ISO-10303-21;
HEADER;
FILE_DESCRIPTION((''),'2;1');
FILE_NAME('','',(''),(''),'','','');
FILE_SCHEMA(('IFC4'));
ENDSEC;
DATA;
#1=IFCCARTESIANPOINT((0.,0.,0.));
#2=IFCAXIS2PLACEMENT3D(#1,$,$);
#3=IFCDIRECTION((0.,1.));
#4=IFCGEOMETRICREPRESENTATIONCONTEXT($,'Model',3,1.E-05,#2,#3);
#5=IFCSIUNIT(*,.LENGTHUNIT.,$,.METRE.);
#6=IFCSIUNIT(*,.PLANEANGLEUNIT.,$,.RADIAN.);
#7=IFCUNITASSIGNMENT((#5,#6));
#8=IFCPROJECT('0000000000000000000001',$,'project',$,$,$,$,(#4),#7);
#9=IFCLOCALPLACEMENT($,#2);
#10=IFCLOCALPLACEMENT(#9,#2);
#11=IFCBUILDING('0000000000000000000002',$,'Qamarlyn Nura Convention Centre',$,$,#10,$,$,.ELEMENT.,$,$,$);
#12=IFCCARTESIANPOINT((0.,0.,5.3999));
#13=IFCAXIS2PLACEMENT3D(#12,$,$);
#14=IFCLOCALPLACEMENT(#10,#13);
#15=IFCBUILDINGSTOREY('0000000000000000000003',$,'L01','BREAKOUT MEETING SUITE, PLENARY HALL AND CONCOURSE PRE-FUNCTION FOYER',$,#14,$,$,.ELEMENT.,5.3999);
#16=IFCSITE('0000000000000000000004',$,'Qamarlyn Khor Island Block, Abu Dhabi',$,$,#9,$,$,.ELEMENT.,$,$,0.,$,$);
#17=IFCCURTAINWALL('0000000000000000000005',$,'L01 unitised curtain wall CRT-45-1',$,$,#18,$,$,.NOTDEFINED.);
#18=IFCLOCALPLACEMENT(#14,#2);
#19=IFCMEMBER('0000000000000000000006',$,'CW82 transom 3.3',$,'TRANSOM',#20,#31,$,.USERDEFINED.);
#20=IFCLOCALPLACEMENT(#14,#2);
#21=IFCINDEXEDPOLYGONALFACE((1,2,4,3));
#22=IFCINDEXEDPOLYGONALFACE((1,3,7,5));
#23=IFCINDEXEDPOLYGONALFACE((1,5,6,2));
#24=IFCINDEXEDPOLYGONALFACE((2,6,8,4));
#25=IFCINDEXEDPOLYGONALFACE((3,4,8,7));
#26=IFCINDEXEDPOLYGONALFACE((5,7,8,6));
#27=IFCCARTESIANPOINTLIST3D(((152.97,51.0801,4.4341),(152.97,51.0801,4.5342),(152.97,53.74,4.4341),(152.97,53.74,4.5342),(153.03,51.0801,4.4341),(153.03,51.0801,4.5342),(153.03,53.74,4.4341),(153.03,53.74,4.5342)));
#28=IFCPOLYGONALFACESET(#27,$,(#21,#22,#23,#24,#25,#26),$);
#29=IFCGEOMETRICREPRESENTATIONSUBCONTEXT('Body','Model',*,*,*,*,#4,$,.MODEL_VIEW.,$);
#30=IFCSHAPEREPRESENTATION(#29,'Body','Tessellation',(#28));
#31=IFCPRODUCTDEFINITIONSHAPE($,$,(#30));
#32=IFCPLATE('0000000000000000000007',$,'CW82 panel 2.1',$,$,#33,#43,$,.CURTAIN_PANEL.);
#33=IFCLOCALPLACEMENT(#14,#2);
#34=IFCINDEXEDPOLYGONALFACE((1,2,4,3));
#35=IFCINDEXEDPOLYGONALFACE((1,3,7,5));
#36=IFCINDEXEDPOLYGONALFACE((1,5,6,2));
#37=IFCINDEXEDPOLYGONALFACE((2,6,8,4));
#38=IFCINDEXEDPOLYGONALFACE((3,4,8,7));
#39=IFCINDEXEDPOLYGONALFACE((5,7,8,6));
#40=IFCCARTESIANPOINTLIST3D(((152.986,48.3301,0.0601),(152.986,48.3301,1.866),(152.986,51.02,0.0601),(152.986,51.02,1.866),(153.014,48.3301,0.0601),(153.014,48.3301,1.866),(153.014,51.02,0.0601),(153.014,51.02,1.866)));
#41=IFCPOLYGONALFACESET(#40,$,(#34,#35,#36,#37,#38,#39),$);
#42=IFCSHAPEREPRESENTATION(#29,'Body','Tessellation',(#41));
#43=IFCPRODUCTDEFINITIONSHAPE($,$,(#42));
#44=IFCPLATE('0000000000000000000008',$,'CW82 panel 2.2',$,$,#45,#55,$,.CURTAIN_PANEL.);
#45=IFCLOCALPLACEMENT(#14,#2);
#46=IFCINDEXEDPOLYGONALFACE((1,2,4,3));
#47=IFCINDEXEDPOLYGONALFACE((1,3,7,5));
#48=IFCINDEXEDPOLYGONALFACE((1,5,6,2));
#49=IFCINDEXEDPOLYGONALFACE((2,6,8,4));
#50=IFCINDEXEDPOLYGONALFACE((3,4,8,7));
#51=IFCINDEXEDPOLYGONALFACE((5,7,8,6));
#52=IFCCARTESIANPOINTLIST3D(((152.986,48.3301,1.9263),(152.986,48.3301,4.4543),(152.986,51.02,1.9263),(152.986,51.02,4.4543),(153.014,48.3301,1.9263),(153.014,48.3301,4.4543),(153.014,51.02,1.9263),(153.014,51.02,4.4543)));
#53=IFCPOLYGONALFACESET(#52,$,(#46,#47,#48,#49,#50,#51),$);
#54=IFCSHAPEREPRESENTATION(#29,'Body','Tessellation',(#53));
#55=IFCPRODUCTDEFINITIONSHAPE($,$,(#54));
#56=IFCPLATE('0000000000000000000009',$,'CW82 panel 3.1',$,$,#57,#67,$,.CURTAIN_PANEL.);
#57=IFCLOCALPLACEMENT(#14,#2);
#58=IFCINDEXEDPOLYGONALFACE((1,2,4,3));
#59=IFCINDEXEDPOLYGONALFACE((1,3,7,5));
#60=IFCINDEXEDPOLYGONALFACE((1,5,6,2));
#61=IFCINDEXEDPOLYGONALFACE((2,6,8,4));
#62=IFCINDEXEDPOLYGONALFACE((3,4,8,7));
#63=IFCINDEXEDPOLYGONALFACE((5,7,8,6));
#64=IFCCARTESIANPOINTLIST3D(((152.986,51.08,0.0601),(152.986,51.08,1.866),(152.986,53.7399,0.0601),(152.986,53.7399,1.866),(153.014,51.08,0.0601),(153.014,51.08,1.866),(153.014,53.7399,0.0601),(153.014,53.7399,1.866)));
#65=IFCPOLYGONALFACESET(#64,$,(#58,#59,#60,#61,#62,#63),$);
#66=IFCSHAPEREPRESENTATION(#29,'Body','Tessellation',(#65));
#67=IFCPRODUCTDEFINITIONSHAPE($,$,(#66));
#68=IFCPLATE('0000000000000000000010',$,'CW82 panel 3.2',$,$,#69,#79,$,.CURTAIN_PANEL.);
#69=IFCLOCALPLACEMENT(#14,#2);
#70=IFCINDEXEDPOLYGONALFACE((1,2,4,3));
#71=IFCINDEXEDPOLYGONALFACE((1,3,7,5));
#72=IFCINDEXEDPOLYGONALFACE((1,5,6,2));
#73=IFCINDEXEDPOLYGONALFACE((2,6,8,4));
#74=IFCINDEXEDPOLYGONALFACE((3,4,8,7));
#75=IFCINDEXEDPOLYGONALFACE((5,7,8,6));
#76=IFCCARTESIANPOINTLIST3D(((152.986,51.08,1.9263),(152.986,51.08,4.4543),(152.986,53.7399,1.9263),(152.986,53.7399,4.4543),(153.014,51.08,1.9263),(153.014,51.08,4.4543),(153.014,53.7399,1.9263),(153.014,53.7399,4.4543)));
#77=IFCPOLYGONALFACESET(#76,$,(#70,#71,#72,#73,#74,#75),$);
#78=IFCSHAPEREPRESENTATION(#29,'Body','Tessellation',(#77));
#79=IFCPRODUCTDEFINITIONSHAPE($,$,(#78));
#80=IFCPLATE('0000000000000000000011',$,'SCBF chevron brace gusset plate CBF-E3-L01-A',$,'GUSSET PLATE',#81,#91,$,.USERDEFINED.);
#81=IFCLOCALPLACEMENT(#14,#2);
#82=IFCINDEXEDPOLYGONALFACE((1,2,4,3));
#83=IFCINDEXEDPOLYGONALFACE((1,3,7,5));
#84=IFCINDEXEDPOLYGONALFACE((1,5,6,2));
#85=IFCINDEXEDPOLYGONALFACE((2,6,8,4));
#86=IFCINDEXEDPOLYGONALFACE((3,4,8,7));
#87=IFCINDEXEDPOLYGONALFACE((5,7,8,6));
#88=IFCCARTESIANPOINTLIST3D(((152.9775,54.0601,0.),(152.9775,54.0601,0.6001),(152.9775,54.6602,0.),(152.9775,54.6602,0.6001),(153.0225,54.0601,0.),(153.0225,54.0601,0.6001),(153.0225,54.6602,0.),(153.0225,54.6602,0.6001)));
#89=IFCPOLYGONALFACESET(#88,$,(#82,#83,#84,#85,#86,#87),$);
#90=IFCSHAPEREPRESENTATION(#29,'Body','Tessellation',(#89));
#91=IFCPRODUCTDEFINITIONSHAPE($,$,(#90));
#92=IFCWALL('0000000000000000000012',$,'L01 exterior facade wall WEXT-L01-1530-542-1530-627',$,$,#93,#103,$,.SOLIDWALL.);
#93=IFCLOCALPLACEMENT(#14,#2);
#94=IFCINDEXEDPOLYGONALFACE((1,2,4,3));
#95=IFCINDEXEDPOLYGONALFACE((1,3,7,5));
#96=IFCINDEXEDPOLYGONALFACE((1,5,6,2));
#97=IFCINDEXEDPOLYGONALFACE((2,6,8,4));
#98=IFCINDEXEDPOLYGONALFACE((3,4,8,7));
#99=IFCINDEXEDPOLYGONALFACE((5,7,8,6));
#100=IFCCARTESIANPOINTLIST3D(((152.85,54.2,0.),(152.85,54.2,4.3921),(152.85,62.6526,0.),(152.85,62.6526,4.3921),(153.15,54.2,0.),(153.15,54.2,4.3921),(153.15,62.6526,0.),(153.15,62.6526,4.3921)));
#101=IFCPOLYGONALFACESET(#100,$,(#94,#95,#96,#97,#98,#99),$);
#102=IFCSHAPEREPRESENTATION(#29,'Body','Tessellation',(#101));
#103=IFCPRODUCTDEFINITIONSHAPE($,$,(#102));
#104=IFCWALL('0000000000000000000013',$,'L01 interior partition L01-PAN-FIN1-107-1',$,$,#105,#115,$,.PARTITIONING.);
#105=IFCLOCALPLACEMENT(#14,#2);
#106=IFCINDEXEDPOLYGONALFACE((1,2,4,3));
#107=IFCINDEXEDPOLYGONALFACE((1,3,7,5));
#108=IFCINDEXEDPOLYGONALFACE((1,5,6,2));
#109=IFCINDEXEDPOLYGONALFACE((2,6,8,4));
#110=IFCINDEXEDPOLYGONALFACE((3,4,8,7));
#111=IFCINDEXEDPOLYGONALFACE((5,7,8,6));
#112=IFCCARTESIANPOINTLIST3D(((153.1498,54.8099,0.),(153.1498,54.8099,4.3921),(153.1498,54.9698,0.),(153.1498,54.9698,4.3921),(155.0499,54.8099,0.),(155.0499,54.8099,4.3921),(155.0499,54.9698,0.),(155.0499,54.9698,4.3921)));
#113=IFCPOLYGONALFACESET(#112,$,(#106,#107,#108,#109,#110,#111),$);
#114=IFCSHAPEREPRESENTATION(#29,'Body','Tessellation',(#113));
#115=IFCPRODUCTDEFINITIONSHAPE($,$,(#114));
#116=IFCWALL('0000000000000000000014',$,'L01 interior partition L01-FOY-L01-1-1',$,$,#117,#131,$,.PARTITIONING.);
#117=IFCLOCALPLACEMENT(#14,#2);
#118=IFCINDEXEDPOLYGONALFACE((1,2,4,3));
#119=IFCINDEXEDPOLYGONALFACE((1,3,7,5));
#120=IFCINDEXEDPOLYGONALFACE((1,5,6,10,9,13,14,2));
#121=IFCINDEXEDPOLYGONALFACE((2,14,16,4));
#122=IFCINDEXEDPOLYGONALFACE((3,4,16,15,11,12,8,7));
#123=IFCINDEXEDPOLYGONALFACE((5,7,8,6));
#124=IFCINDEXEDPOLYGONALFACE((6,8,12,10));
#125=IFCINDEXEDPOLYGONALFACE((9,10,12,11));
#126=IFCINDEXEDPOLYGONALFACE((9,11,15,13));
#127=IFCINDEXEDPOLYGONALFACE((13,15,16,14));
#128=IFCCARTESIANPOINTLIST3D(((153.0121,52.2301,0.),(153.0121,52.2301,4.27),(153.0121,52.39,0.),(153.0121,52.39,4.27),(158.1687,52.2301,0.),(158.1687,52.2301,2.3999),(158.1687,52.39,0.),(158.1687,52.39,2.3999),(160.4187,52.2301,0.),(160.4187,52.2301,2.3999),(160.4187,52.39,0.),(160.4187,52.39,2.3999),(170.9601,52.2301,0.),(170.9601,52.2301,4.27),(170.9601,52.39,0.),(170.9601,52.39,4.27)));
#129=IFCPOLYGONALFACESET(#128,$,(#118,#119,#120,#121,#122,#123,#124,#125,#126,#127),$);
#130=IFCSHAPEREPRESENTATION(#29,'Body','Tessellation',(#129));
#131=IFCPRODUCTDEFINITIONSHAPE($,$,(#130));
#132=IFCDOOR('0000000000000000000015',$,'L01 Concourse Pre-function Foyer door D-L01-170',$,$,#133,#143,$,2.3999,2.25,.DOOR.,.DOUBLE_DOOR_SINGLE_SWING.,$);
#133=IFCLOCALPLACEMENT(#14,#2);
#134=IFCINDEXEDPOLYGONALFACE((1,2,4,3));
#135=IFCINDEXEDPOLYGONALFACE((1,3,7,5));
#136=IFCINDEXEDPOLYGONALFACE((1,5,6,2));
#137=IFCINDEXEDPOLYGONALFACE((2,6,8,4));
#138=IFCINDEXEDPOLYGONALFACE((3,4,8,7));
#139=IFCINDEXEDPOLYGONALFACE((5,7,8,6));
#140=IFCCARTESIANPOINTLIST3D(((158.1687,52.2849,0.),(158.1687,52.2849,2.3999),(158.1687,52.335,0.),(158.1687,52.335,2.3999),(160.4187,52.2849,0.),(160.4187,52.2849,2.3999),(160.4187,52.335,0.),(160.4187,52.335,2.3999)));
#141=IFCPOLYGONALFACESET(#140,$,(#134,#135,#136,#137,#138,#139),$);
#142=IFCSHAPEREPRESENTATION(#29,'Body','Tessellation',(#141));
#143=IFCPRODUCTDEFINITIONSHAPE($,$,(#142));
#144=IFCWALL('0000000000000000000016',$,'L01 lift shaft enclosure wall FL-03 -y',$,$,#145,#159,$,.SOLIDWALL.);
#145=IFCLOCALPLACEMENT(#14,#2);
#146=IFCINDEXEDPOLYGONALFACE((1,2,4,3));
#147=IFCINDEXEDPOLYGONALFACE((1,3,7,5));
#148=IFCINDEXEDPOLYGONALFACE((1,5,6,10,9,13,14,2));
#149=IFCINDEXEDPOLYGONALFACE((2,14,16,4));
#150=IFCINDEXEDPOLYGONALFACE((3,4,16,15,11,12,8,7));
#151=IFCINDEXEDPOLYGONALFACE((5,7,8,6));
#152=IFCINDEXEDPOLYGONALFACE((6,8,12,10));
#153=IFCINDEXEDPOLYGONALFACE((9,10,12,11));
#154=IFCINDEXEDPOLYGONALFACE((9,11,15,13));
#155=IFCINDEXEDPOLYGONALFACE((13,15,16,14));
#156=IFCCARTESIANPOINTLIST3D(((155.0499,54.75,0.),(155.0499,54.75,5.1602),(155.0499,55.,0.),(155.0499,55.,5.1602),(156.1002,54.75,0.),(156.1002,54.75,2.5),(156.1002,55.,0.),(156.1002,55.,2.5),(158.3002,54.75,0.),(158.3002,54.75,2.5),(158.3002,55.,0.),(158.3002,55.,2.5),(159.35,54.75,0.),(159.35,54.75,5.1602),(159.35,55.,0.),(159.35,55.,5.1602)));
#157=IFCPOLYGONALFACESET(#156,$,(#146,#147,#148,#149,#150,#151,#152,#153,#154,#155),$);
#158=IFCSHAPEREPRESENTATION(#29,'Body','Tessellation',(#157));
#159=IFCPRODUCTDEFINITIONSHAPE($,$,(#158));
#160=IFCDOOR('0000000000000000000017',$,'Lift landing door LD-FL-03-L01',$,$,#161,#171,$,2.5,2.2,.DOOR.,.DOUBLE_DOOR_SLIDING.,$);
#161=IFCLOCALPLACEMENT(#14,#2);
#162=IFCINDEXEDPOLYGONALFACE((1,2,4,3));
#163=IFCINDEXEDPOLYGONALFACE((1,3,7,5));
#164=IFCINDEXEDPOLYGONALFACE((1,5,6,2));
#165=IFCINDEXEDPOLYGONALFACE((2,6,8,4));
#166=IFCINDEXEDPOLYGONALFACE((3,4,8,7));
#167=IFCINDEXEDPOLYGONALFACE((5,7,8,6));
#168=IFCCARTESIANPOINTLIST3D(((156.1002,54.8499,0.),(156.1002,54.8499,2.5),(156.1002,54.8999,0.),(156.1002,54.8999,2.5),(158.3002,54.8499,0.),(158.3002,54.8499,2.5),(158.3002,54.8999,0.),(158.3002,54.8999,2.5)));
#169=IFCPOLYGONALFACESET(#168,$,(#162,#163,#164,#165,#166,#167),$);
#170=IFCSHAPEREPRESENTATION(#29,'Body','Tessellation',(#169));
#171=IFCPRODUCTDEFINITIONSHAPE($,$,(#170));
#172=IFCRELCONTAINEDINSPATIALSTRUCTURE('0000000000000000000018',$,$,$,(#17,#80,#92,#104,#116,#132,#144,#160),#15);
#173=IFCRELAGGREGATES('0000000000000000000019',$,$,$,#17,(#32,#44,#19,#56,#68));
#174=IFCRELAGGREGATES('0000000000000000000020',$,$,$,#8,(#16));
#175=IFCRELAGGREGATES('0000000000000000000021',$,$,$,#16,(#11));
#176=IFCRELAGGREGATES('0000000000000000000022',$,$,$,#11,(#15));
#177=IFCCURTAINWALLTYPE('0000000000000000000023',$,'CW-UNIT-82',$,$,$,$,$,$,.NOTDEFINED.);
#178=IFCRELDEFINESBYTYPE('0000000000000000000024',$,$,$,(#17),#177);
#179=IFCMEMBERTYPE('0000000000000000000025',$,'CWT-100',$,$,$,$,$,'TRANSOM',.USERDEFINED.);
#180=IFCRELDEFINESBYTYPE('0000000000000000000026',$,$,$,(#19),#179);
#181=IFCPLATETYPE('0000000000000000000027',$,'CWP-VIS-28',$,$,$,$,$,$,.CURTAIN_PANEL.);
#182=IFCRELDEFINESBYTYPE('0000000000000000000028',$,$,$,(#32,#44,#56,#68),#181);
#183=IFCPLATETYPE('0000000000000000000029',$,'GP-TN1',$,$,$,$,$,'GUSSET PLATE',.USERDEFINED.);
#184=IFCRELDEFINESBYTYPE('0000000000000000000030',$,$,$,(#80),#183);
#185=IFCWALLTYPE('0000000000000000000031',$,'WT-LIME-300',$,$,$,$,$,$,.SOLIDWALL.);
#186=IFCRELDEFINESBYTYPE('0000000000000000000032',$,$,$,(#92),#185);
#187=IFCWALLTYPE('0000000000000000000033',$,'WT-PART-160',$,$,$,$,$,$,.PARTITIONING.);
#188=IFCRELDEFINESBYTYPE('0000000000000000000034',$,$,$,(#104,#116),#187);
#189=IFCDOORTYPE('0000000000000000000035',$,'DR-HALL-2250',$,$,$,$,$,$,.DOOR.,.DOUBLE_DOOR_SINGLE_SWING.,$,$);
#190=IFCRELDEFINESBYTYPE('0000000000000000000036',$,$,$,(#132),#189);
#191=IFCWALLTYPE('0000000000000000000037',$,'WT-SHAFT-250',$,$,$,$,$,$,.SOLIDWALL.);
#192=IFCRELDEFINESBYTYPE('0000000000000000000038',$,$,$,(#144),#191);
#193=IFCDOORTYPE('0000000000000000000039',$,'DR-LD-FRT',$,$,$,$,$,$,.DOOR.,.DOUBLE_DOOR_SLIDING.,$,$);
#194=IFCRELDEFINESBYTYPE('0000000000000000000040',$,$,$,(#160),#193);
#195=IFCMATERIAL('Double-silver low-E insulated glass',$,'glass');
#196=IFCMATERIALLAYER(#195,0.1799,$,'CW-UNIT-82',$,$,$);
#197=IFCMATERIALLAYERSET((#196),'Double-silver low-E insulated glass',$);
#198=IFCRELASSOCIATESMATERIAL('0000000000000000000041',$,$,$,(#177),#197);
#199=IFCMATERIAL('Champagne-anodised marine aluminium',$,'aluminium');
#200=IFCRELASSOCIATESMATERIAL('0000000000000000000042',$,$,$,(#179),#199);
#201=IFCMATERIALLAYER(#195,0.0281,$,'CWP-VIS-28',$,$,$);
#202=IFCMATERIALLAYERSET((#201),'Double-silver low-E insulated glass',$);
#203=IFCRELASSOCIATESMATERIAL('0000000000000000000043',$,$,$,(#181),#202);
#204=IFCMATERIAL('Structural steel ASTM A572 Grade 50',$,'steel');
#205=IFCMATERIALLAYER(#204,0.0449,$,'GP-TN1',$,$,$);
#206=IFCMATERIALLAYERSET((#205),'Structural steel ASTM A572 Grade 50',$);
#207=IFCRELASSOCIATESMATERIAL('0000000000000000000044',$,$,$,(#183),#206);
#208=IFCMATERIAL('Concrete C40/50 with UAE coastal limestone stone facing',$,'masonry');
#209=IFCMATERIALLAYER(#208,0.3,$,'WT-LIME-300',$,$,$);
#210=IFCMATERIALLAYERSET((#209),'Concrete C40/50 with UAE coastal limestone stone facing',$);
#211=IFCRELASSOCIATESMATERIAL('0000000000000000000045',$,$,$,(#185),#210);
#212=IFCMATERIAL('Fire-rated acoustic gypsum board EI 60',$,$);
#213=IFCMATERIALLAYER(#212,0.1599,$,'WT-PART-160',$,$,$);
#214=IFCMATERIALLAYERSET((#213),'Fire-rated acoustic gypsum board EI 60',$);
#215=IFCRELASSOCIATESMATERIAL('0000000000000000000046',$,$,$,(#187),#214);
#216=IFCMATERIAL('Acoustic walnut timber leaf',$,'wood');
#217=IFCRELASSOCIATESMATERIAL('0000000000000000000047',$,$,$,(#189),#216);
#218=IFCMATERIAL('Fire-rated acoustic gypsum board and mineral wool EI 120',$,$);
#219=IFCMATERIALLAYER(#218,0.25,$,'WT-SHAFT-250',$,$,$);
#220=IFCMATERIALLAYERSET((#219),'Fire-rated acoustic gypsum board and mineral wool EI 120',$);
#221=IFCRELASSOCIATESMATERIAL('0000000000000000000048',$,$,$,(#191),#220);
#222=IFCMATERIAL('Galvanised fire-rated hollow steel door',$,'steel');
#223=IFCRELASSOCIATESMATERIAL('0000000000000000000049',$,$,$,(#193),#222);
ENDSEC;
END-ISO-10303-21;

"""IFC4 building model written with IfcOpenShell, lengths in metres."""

from ifc_helpers import new_model, si_unit, direction, frame, frame_2d, origin, origin_2d, place, context, subcontext, project, spatial, rectangle, extrude, material, layer, layer_set, material_profile, profile_set, type_object, element, fill, aggregate, save


model = new_model("IFC4")

# Units and contexts
model_context = context("Model", 3, precision=1e-05, world=origin(), true_north=direction((0.0, 1.0)))
body_context = subcontext(model_context, "Body", "Model", "MODEL_VIEW")
ifc_project = project(units=[si_unit("LENGTHUNIT", "METRE"), si_unit("PLANEANGLEUNIT", "RADIAN")], contexts=[model_context])

# Site, building, storey
site_placement = place(None, origin())
site = spatial("IfcSite", under=ifc_project, at=site_placement, Name="Qamarlyn Khor Island Block, Abu Dhabi", CompositionType="ELEMENT", RefElevation=0.0)
building_placement = place(site_placement, origin())
building = spatial("IfcBuilding", under=site, at=building_placement, Name="Qamarlyn Nura Convention Centre", CompositionType="ELEMENT")
storey_placement = place(building_placement, frame((0.0, 0.0, 5.3999)))
storey = spatial("IfcBuildingStorey", under=building, at=storey_placement, Name="L01", Description="BREAKOUT MEETING SUITE, PLENARY HALL AND CONCOURSE PRE-FUNCTION FOYER", CompositionType="ELEMENT", Elevation=5.3999)

# Curtain wall, member, plates
ifc_material_1 = material(Name="Double-silver low-E insulated glass", Category="glass")
ifc_layer_1 = layer(ifc_material_1, 0.1799, Name="CW-UNIT-82")
ifc_layer_set_1 = layer_set([ifc_layer_1], Name="Double-silver low-E insulated glass")
curtain_wall_type = type_object("IfcCurtainWallType", Name="CW-UNIT-82", PredefinedType="NOTDEFINED", material=ifc_layer_set_1)
curtain_wall_placement = place(storey_placement, origin())
curtain_wall = element("IfcCurtainWall", 1, at=curtain_wall_placement, inside=storey, type_object=curtain_wall_type, Name="L01 unitised curtain wall CRT-45-1", PredefinedType="NOTDEFINED")
ifc_material_2 = material(Name="Champagne-anodised marine aluminium", Category="aluminium")
ifc_material_profile_1 = material_profile(ifc_material_2, rectangle(XDim=0.0601, YDim=0.1001, at=origin_2d()), Name="ALU TRANSOM 60x100")
ifc_profile_set_1 = profile_set([ifc_material_profile_1], Name="Champagne-anodised marine aluminium")
member_type_1 = type_object("IfcMemberType", Name="CWT-100", ElementType="TRANSOM", PredefinedType="USERDEFINED", material=ifc_profile_set_1)
member_1_placement = place(storey_placement, frame((153.0, 51.0801, 4.4841), z_axis=(0.0, 1.0, 0.0), x_axis=(-1.0, 0.0, 0.0)))
member_1 = element("IfcMember", 2, at=member_1_placement, type_object=member_type_1, Name="CW82 transom 3.3", ObjectType="TRANSOM", PredefinedType="USERDEFINED", context=body_context, shape_type="SweptSolid", body=[
    extrude(rectangle(XDim=0.0601, YDim=0.1001, at=origin_2d()), origin(), (0.0, 0.0, 1.0), 2.6599),
])
ifc_layer_2 = layer(ifc_material_1, 0.0281, Name="CWP-VIS-28")
ifc_layer_set_2 = layer_set([ifc_layer_2], Name="Double-silver low-E insulated glass")
plate_type_1 = type_object("IfcPlateType", Name="CWP-VIS-28", PredefinedType="CURTAIN_PANEL", material=ifc_layer_set_2)
plate_1_placement = place(storey_placement, frame((153.0, 49.675, 0.0601), z_axis=(0.0, 0.0, 1.0), x_axis=(0.0, 1.0, 0.0)))
plate_1 = element("IfcPlate", 3, at=plate_1_placement, type_object=plate_type_1, Name="CW82 panel 2.1", PredefinedType="CURTAIN_PANEL", context=body_context, shape_type="SweptSolid", body=[
    extrude(rectangle(XDim=2.6899, YDim=0.0281, at=origin_2d()), origin(), (0.0, 0.0, 1.0), 1.8059),
])
plate_2_placement = place(storey_placement, frame((153.0, 49.675, 1.9263), z_axis=(0.0, 0.0, 1.0), x_axis=(0.0, 1.0, 0.0)))
plate_2 = element("IfcPlate", 4, at=plate_2_placement, type_object=plate_type_1, Name="CW82 panel 2.2", PredefinedType="CURTAIN_PANEL", context=body_context, shape_type="SweptSolid", body=[
    extrude(rectangle(XDim=2.6899, YDim=0.0281, at=origin_2d()), origin(), (0.0, 0.0, 1.0), 2.5281),
])
plate_3_placement = place(storey_placement, frame((153.0, 52.4099, 0.0601), z_axis=(0.0, 0.0, 1.0), x_axis=(0.0, 1.0, 0.0)))
plate_3 = element("IfcPlate", 5, at=plate_3_placement, type_object=plate_type_1, Name="CW82 panel 3.1", PredefinedType="CURTAIN_PANEL", context=body_context, shape_type="SweptSolid", body=[
    extrude(rectangle(XDim=2.6599, YDim=0.0281, at=origin_2d()), origin(), (0.0, 0.0, 1.0), 1.8059),
])
plate_4_placement = place(storey_placement, frame((153.0, 52.4099, 1.9263), z_axis=(0.0, 0.0, 1.0), x_axis=(0.0, 1.0, 0.0)))
plate_4 = element("IfcPlate", 6, at=plate_4_placement, type_object=plate_type_1, Name="CW82 panel 3.2", PredefinedType="CURTAIN_PANEL", context=body_context, shape_type="SweptSolid", body=[
    extrude(rectangle(XDim=2.6599, YDim=0.0281, at=origin_2d()), origin(), (0.0, 0.0, 1.0), 2.5281),
])
aggregate(curtain_wall, [plate_1, plate_2, member_1, plate_3, plate_4])

# Plate
ifc_material_3 = material(Name="Structural steel ASTM A572 Grade 50", Category="steel")
ifc_layer_3 = layer(ifc_material_3, 0.0449, Name="GP-TN1")
ifc_layer_set_3 = layer_set([ifc_layer_3], Name="Structural steel ASTM A572 Grade 50")
plate_type_2 = type_object("IfcPlateType", Name="GP-TN1", ElementType="GUSSET PLATE", PredefinedType="USERDEFINED", material=ifc_layer_set_3)
plate_5_placement = place(storey_placement, frame((153.0, 54.3601, 0.0), z_axis=(0.0, 0.0, 1.0), x_axis=(0.0, 1.0, 0.0)))
element("IfcPlate", 7, at=plate_5_placement, inside=storey, type_object=plate_type_2, Name="SCBF chevron brace gusset plate CBF-E3-L01-A", ObjectType="GUSSET PLATE", PredefinedType="USERDEFINED", context=body_context, shape_type="SweptSolid", body=[
    extrude(rectangle(XDim=0.6001, YDim=0.0449, at=origin_2d()), origin(), (0.0, 0.0, 1.0), 0.6001),
])

# Walls
ifc_material_4 = material(Name="Concrete C40/50 with UAE coastal limestone stone facing", Category="masonry")
ifc_layer_4 = layer(ifc_material_4, 0.3, Name="WT-LIME-300")
ifc_layer_set_4 = layer_set([ifc_layer_4], Name="Concrete C40/50 with UAE coastal limestone stone facing")
wall_type_1 = type_object("IfcWallType", Name="WT-LIME-300", PredefinedType="SOLIDWALL", material=ifc_layer_set_4)
wall_1_placement = place(storey_placement, frame((153.0, 54.2, 0.0), z_axis=(0.0, 0.0, 1.0), x_axis=(0.0, 1.0, 0.0)))
element("IfcWall", 8, at=wall_1_placement, inside=storey, type_object=wall_type_1, Name="L01 exterior facade wall WEXT-L01-1530-542-1530-627", PredefinedType="SOLIDWALL", context=body_context, shape_type="SweptSolid", body=[
    extrude(rectangle(XDim=8.4526, YDim=0.3, at=frame_2d((4.2263, 0.0))), origin(), (0.0, 0.0, 1.0), 4.3921),
])
ifc_material_5 = material(Name="Fire-rated acoustic gypsum board EI 60")
ifc_layer_5 = layer(ifc_material_5, 0.1599, Name="WT-PART-160")
ifc_layer_set_5 = layer_set([ifc_layer_5], Name="Fire-rated acoustic gypsum board EI 60")
wall_type_2 = type_object("IfcWallType", Name="WT-PART-160", PredefinedType="PARTITIONING", material=ifc_layer_set_5)
wall_2_placement = place(storey_placement, frame((155.05, 54.8899, 0.0), z_axis=(0.0, 0.0, 1.0), x_axis=(-1.0, 0.0, 0.0)))
element("IfcWall", 9, at=wall_2_placement, inside=storey, type_object=wall_type_2, Name="L01 interior partition L01-PAN-FIN1-107-1", PredefinedType="PARTITIONING", context=body_context, shape_type="SweptSolid", body=[
    extrude(rectangle(XDim=1.9001, YDim=0.1599, at=frame_2d((0.9502, 0.0))), origin(), (0.0, 0.0, 1.0), 4.3921),
])

# Walls, openings, doors
wall_3_placement = place(storey_placement, frame((153.012, 52.3101, 0.0), z_axis=(0.0, 0.0, 1.0), x_axis=(1.0, 0.0, 0.0)))
wall_3 = element("IfcWall", 10, at=wall_3_placement, inside=storey, type_object=wall_type_2, Name="L01 interior partition L01-FOY-L01-1-1", PredefinedType="PARTITIONING", context=body_context, shape_type="SweptSolid", body=[
    extrude(rectangle(XDim=17.948, YDim=0.1599, at=frame_2d((8.9741, 0.0))), origin(), (0.0, 0.0, 1.0), 4.27),
])
opening_1_placement = place(wall_3_placement, frame((5.1567, 0.0, 0.0)))
opening_1 = element("IfcOpeningElement", 11, at=opening_1_placement, cuts=wall_3, PredefinedType="OPENING", context=body_context, shape_type="SweptSolid", body=[
    extrude(rectangle(XDim=2.25, YDim=2.3999, at=frame_2d((1.125, 1.2))), frame((0.0, 0.0898, 0.0), z_axis=(0.0, -1.0, 0.0), x_axis=(1.0, 0.0, 0.0)), (0.0, 0.0, 1.0), 0.1799),
])
ifc_material_6 = material(Name="Acoustic walnut timber leaf", Category="wood")
door_type_1 = type_object("IfcDoorType", Name="DR-HALL-2250", OperationType="DOUBLE_DOOR_SINGLE_SWING", PredefinedType="DOOR", material=ifc_material_6)
door_1_placement = place(opening_1_placement, origin())
door_1 = element("IfcDoor", 12, at=door_1_placement, inside=storey, type_object=door_type_1, Name="L01 Concourse Pre-function Foyer door D-L01-170", OperationType="DOUBLE_DOOR_SINGLE_SWING", OverallHeight=2.3999, OverallWidth=2.25, PredefinedType="DOOR", context=body_context, shape_type="SweptSolid", body=[
    extrude(rectangle(XDim=2.25, YDim=2.3999, at=frame_2d((1.125, 1.2))), frame((0.0, 0.0249, 0.0), z_axis=(0.0, -1.0, 0.0), x_axis=(1.0, 0.0, 0.0)), (0.0, 0.0, 1.0), 0.05),
])
fill(opening_1, door_1)
ifc_material_7 = material(Name="Fire-rated acoustic gypsum board and mineral wool EI 120")
ifc_layer_6 = layer(ifc_material_7, 0.25, Name="WT-SHAFT-250")
ifc_layer_set_6 = layer_set([ifc_layer_6], Name="Fire-rated acoustic gypsum board and mineral wool EI 120")
wall_type_3 = type_object("IfcWallType", Name="WT-SHAFT-250", PredefinedType="SOLIDWALL", material=ifc_layer_set_6)
wall_4_placement = place(storey_placement, frame((155.05, 54.875, 0.0), z_axis=(0.0, 0.0, 1.0), x_axis=(1.0, 0.0, 0.0)))
wall_4 = element("IfcWall", 13, at=wall_4_placement, inside=storey, type_object=wall_type_3, Name="L01 lift shaft enclosure wall FL-03 -y", PredefinedType="SOLIDWALL", context=body_context, shape_type="SweptSolid", body=[
    extrude(rectangle(XDim=4.3, YDim=0.25, at=frame_2d((2.1499, 0.0))), origin(), (0.0, 0.0, 1.0), 5.1602),
])
opening_2_placement = place(wall_4_placement, frame((1.05, 0.0, 0.0)))
opening_2 = element("IfcOpeningElement", 14, at=opening_2_placement, cuts=wall_4, PredefinedType="OPENING", context=body_context, shape_type="SweptSolid", body=[
    extrude(rectangle(XDim=2.2, YDim=2.5, at=frame_2d((1.1001, 1.25))), frame((0.0, 0.135, 0.0), z_axis=(0.0, -1.0, 0.0), x_axis=(1.0, 0.0, 0.0)), (0.0, 0.0, 1.0), 0.27),
])
ifc_material_8 = material(Name="Galvanised fire-rated hollow steel door", Category="steel")
door_type_2 = type_object("IfcDoorType", Name="DR-LD-FRT", OperationType="DOUBLE_DOOR_SLIDING", PredefinedType="DOOR", material=ifc_material_8)
door_2_placement = place(opening_2_placement, origin())
door_2 = element("IfcDoor", 15, at=door_2_placement, inside=storey, type_object=door_type_2, Name="Lift landing door LD-FL-03-L01", OperationType="DOUBLE_DOOR_SLIDING", OverallHeight=2.5, OverallWidth=2.2, PredefinedType="DOOR", context=body_context, shape_type="SweptSolid", body=[
    extrude(rectangle(XDim=2.2, YDim=2.5, at=frame_2d((1.1001, 1.25))), frame((0.0, 0.0249, 0.0), z_axis=(0.0, -1.0, 0.0), x_axis=(1.0, 0.0, 0.0)), (0.0, 0.0, 1.0), 0.05),
])
fill(opening_2, door_2)

save(model, "model.ifc")
